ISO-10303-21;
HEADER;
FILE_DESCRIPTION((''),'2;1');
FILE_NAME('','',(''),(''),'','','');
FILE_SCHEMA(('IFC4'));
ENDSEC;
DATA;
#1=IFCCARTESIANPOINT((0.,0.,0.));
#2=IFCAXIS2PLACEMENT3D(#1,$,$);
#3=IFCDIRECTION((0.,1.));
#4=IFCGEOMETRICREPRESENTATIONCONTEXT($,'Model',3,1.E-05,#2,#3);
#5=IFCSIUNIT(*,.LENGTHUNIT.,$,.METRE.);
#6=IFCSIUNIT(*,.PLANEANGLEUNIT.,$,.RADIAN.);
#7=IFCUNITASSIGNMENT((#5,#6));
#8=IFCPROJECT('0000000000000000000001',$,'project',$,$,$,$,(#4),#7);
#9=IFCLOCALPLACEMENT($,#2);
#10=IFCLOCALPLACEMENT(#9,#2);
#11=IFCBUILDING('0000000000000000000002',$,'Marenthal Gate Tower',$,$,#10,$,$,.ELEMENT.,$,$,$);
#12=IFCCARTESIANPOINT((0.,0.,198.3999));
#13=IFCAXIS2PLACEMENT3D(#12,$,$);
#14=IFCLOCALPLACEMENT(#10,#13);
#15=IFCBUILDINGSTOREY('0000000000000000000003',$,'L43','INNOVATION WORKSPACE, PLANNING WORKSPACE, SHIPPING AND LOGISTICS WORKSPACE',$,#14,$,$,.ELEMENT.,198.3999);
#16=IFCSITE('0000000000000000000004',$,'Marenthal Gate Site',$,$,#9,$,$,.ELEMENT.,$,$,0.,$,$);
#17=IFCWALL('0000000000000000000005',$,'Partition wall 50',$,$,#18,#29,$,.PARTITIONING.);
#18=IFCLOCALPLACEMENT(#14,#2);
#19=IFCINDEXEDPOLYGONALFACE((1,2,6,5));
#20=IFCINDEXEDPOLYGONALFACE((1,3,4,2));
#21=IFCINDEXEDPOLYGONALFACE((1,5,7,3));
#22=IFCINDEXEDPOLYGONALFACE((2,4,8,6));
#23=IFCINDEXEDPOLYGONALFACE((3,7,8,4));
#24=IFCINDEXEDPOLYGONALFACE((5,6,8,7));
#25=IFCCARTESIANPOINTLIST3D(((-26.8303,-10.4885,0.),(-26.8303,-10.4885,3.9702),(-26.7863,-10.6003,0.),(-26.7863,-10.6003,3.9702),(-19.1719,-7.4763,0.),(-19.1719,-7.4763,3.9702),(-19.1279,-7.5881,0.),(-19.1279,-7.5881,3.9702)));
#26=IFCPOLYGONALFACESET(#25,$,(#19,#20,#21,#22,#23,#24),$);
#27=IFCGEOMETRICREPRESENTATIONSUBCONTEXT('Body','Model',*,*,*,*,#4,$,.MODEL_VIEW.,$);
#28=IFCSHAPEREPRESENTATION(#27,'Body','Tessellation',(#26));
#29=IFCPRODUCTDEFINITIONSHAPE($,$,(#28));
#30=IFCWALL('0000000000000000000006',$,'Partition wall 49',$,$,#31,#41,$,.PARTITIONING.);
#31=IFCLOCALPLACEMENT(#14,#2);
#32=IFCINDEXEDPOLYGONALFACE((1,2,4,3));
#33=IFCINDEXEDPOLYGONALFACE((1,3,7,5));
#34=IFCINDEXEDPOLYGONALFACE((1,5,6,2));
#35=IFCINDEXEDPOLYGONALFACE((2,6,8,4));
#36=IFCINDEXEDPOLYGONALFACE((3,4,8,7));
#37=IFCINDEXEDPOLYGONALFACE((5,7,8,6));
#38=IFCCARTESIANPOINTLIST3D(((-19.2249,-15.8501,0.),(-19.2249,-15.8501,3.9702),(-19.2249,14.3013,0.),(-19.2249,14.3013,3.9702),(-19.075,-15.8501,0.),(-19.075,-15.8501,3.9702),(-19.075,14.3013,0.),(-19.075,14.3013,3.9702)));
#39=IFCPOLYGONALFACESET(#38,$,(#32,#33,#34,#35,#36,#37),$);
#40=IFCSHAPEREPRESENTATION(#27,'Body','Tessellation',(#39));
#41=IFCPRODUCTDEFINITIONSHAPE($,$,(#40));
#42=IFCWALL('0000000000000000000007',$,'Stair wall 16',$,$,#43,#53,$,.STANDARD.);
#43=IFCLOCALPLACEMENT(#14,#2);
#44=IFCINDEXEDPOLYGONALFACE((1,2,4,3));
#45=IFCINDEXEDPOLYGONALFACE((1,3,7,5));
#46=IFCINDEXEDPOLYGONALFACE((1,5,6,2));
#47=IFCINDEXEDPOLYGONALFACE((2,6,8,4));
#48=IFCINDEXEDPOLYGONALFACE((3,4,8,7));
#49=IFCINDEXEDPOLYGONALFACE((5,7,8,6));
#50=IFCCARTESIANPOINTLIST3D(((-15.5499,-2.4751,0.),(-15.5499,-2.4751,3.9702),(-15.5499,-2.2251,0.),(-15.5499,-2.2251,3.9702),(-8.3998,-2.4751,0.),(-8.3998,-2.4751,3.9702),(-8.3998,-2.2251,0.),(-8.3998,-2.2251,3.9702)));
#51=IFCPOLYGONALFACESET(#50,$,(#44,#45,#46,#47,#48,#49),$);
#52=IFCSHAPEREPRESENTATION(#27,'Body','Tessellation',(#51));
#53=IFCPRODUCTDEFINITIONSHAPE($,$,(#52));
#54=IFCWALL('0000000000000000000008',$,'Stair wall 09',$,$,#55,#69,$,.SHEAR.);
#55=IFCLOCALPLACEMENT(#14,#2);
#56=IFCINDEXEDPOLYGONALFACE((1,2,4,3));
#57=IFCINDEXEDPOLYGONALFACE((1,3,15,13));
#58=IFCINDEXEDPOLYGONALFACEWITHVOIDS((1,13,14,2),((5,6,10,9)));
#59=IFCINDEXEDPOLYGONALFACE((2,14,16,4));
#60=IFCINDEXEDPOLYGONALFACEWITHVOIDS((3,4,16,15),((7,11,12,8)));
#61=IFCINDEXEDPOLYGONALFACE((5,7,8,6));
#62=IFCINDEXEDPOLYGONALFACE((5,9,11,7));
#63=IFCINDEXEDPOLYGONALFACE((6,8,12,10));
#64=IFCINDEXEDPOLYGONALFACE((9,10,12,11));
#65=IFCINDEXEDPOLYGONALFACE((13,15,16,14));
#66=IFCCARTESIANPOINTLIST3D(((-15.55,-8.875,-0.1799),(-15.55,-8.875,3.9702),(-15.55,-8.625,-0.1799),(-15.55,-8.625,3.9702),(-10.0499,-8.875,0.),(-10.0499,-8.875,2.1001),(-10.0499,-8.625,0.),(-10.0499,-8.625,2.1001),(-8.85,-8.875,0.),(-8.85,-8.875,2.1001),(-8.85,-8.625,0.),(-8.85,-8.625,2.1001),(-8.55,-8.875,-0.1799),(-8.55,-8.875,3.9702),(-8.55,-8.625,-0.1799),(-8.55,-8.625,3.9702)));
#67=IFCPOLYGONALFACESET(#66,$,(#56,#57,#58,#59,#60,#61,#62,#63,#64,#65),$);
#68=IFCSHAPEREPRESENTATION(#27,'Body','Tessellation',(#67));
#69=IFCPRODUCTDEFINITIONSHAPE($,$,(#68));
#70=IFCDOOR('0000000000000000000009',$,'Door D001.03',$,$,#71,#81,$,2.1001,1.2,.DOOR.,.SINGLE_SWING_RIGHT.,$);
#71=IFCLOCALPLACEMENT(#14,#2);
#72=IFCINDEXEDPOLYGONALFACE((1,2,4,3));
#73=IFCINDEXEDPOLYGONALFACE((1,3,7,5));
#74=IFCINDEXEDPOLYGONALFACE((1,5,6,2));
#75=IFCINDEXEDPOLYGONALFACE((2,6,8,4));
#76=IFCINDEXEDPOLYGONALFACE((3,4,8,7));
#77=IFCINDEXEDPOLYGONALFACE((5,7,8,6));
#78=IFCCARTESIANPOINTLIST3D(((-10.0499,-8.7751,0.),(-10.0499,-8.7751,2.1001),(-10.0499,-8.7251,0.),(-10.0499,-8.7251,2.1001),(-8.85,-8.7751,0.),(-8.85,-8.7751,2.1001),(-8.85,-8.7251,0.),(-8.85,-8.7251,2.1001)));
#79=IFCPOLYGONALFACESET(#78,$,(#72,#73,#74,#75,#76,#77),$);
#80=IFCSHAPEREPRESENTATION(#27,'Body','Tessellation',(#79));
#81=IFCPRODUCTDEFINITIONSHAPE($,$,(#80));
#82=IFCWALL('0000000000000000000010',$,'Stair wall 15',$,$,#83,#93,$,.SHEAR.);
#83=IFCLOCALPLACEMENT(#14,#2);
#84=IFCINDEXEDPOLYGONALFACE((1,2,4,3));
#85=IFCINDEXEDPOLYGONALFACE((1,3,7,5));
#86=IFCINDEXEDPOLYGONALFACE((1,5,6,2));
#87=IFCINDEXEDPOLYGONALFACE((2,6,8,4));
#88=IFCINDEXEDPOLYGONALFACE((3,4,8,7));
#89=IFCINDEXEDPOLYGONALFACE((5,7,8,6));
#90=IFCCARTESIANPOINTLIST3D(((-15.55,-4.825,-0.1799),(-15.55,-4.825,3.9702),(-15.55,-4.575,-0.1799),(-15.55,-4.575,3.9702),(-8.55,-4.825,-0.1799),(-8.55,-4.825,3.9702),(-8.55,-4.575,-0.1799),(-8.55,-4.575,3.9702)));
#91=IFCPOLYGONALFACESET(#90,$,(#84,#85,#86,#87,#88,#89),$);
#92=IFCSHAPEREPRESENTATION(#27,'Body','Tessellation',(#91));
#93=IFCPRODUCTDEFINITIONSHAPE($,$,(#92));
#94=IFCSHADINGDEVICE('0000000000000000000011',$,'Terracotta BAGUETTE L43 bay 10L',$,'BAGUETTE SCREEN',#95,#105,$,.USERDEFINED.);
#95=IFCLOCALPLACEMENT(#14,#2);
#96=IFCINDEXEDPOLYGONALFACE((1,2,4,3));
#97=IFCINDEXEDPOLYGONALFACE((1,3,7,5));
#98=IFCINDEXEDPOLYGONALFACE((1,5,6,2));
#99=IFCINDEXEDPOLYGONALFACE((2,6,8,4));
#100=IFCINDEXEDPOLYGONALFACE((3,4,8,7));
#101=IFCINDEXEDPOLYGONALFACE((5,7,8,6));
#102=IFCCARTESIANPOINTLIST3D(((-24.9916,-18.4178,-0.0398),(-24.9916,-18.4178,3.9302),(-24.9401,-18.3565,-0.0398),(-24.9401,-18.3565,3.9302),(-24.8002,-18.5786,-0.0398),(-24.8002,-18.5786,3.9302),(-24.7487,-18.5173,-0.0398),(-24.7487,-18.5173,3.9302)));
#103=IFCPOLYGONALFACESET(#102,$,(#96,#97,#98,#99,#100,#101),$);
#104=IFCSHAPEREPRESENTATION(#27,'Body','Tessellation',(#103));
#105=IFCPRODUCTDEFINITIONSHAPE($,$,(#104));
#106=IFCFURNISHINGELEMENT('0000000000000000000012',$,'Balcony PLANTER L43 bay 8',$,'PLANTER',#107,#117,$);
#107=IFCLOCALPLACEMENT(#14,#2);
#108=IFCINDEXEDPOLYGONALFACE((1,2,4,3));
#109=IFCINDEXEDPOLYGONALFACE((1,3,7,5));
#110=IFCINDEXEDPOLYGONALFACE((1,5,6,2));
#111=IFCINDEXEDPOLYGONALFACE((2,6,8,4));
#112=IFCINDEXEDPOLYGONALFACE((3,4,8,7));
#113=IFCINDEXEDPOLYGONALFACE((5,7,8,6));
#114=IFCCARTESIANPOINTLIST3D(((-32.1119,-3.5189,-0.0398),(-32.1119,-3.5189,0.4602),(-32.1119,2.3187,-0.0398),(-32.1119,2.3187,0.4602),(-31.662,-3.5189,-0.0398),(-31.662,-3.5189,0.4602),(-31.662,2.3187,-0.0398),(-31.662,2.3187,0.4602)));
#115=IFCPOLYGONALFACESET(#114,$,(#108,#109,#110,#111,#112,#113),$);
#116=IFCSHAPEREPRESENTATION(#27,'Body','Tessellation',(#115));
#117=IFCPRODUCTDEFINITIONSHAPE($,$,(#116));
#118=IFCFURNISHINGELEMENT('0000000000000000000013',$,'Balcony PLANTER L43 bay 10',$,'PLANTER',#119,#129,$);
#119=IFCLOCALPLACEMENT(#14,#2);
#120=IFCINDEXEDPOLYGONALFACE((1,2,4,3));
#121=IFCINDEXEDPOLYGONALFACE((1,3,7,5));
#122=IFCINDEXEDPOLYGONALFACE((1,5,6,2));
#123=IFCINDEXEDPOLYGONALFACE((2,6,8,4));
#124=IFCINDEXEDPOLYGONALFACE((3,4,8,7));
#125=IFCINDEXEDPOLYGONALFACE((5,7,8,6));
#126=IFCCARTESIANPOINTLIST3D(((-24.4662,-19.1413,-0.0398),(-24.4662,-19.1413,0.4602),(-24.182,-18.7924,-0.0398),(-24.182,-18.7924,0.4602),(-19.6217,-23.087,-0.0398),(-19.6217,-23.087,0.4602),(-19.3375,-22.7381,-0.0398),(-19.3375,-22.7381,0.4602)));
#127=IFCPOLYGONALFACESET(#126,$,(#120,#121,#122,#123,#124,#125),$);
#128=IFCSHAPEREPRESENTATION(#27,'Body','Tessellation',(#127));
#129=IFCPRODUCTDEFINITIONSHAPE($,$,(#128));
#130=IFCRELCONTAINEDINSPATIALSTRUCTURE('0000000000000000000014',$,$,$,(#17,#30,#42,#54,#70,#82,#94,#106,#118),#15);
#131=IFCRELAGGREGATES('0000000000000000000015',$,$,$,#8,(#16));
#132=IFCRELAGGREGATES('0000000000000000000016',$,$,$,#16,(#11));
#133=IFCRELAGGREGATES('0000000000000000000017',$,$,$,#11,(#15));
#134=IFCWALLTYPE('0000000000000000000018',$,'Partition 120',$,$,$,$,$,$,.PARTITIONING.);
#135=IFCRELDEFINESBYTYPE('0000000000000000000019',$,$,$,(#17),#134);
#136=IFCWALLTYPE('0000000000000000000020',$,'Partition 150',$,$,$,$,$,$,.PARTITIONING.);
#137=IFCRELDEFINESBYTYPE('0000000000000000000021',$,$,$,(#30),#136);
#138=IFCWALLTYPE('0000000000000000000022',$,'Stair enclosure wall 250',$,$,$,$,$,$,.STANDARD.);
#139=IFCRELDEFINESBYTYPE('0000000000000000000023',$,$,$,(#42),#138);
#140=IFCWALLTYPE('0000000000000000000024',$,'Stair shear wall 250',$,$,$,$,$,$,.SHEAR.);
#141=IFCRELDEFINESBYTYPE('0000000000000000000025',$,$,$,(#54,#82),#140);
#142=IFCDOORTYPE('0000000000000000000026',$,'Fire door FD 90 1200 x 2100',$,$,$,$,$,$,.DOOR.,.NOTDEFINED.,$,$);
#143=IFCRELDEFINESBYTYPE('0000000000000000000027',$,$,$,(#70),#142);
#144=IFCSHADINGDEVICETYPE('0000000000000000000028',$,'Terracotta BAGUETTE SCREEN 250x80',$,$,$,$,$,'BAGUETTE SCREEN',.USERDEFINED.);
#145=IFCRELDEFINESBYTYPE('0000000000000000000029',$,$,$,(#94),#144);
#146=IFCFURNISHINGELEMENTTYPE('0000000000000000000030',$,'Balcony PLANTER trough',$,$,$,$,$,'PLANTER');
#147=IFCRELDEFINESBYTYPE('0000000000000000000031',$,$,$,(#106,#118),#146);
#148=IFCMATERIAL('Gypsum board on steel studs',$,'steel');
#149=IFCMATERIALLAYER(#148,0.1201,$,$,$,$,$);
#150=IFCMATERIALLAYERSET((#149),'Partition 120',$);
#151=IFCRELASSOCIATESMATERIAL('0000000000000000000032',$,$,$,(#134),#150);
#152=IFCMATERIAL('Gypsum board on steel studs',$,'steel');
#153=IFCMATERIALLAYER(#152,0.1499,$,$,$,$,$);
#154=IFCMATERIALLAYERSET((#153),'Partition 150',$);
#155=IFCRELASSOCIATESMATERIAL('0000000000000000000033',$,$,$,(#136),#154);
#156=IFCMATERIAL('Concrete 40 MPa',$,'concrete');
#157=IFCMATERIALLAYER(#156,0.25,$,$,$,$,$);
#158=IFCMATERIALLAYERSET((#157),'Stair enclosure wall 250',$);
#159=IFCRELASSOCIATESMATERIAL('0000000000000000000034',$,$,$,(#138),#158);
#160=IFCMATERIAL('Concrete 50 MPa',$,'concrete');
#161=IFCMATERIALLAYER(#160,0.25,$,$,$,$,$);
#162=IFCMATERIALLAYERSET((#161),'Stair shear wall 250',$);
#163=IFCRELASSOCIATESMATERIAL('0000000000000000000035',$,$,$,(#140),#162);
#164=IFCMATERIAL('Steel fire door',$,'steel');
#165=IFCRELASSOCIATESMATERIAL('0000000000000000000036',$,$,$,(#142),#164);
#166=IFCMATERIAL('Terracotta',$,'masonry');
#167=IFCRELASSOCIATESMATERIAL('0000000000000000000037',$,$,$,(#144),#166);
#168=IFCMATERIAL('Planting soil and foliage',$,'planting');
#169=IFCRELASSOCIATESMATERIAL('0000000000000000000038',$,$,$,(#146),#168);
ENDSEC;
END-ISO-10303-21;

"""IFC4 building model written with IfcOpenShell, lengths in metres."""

from ifc_helpers import new_model, si_unit, direction, frame, frame_2d, origin, origin_2d, place, context, subcontext, project, spatial, rectangle, extrude, material, layer, layer_set, material_profile, profile_set, type_object, element, fill, save


model = new_model("IFC4")

# Units and contexts
model_context = context("Model", 3, precision=1e-05, world=origin(), true_north=direction((0.0, 1.0)))
body_context = subcontext(model_context, "Body", "Model", "MODEL_VIEW")
ifc_project = project(units=[si_unit("LENGTHUNIT", "METRE"), si_unit("PLANEANGLEUNIT", "RADIAN")], contexts=[model_context])

# Site, building, storey
site_placement = place(None, origin())
site = spatial("IfcSite", under=ifc_project, at=site_placement, Name="Marenthal Gate Site", CompositionType="ELEMENT", RefElevation=0.0)
building_placement = place(site_placement, origin())
building = spatial("IfcBuilding", under=site, at=building_placement, Name="Marenthal Gate Tower", CompositionType="ELEMENT")
storey_placement = place(building_placement, frame((0.0, 0.0, 198.3999)))
storey = spatial("IfcBuildingStorey", under=building, at=storey_placement, Name="L43", Description="INNOVATION WORKSPACE, PLANNING WORKSPACE, SHIPPING AND LOGISTICS WORKSPACE", CompositionType="ELEMENT", Elevation=198.3999)

# Walls
ifc_material_1 = material(Name="Gypsum board on steel studs", Category="steel")
ifc_layer_1 = layer(ifc_material_1, 0.1201)
ifc_layer_set_1 = layer_set([ifc_layer_1], Name="Partition 120")
wall_type_1 = type_object("IfcWallType", Name="Partition 120", PredefinedType="PARTITIONING", material=ifc_layer_set_1)
wall_1_placement = place(storey_placement, frame((-19.1499, -7.5322, 0.0), z_axis=(0.0, 0.0, 1.0), x_axis=(-0.930605, -0.366024, 0.0)))
element("IfcWall", 1, at=wall_1_placement, inside=storey, type_object=wall_type_1, Name="Partition wall 50", PredefinedType="PARTITIONING", context=body_context, shape_type="SweptSolid", body=[
    extrude(rectangle(XDim=8.2295, YDim=0.1201, at=frame_2d((4.1147, 0.0))), origin(), (0.0, 0.0, 1.0), 3.9702),
])
ifc_material_2 = material(Name="Gypsum board on steel studs", Category="steel")
ifc_layer_2 = layer(ifc_material_2, 0.1499)
ifc_layer_set_2 = layer_set([ifc_layer_2], Name="Partition 150")
wall_type_2 = type_object("IfcWallType", Name="Partition 150", PredefinedType="PARTITIONING", material=ifc_layer_set_2)
wall_2_placement = place(storey_placement, frame((-19.1499, -15.8501, 0.0), z_axis=(0.0, 0.0, 1.0), x_axis=(0.0, 1.0, 0.0)))
element("IfcWall", 2, at=wall_2_placement, inside=storey, type_object=wall_type_2, Name="Partition wall 49", PredefinedType="PARTITIONING", context=body_context, shape_type="SweptSolid", body=[
    extrude(rectangle(XDim=30.1514, YDim=0.1499, at=frame_2d((15.0757, 0.0))), origin(), (0.0, 0.0, 1.0), 3.9702),
])
ifc_material_3 = material(Name="Concrete 40 MPa", Category="concrete")
ifc_layer_3 = layer(ifc_material_3, 0.25)
ifc_layer_set_3 = layer_set([ifc_layer_3], Name="Stair enclosure wall 250")
wall_type_3 = type_object("IfcWallType", Name="Stair enclosure wall 250", PredefinedType="STANDARD", material=ifc_layer_set_3)
wall_3_placement = place(storey_placement, frame((-15.55, -2.3501, 0.0), z_axis=(0.0, 0.0, 1.0), x_axis=(1.0, 0.0, 0.0)))
element("IfcWall", 3, at=wall_3_placement, inside=storey, type_object=wall_type_3, Name="Stair wall 16", PredefinedType="STANDARD", context=body_context, shape_type="SweptSolid", body=[
    extrude(rectangle(XDim=7.1501, YDim=0.25, at=frame_2d((3.5752, 0.0))), origin(), (0.0, 0.0, 1.0), 3.9702),
])

# Wall, opening, door
ifc_material_4 = material(Name="Concrete 50 MPa", Category="concrete")
ifc_layer_4 = layer(ifc_material_4, 0.25)
ifc_layer_set_4 = layer_set([ifc_layer_4], Name="Stair shear wall 250")
wall_type_4 = type_object("IfcWallType", Name="Stair shear wall 250", PredefinedType="SHEAR", material=ifc_layer_set_4)
wall_4_placement = place(storey_placement, frame((-15.55, -8.75, -0.1799), z_axis=(0.0, 0.0, 1.0), x_axis=(1.0, 0.0, 0.0)))
wall_4 = element("IfcWall", 4, at=wall_4_placement, inside=storey, type_object=wall_type_4, Name="Stair wall 09", PredefinedType="SHEAR", context=body_context, shape_type="SweptSolid", body=[
    extrude(rectangle(XDim=7.0, YDim=0.25, at=frame_2d((3.5, 0.0))), origin(), (0.0, 0.0, 1.0), 4.1501),
])
opening_1_placement = place(wall_4_placement, frame((5.5, 0.0, 0.1799)))
opening_1 = element("IfcOpeningElement", 5, at=opening_1_placement, cuts=wall_4, PredefinedType="OPENING", context=body_context, shape_type="SweptSolid", body=[
    extrude(rectangle(XDim=1.2, YDim=2.1001, at=frame_2d((0.6001, 1.05))), frame((0.0, 0.135, 0.0), z_axis=(0.0, -1.0, 0.0), x_axis=(1.0, 0.0, 0.0)), (0.0, 0.0, 1.0), 0.27),
])
ifc_material_5 = material(Name="Steel fire door", Category="steel")
door_type_1 = type_object("IfcDoorType", Name="Fire door FD 90 1200 x 2100", OperationType="NOTDEFINED", PredefinedType="DOOR", material=ifc_material_5)
door_1_placement = place(opening_1_placement, origin())
door_1 = element("IfcDoor", 6, at=door_1_placement, inside=storey, type_object=door_type_1, Name="Door D001.03", OperationType="SINGLE_SWING_RIGHT", OverallHeight=2.1001, OverallWidth=1.2, PredefinedType="DOOR", context=body_context, shape_type="SweptSolid", body=[
    extrude(rectangle(XDim=1.2, YDim=2.1001, at=frame_2d((0.6001, 1.05))), frame((0.0, 0.0249, 0.0), z_axis=(0.0, -1.0, 0.0), x_axis=(1.0, 0.0, 0.0)), (0.0, 0.0, 1.0), 0.05),
])
fill(opening_1, door_1)

# Wall
wall_5_placement = place(storey_placement, frame((-15.55, -4.7, -0.1799), z_axis=(0.0, 0.0, 1.0), x_axis=(1.0, 0.0, 0.0)))
element("IfcWall", 7, at=wall_5_placement, inside=storey, type_object=wall_type_4, Name="Stair wall 15", PredefinedType="SHEAR", context=body_context, shape_type="SweptSolid", body=[
    extrude(rectangle(XDim=7.0, YDim=0.25, at=frame_2d((3.5, 0.0))), origin(), (0.0, 0.0, 1.0), 4.1501),
])

# Shading device
ifc_material_6 = material(Name="Terracotta", Category="masonry")
ifc_material_profile_1 = material_profile(ifc_material_6, rectangle(XDim=0.25, YDim=0.0801, at=origin_2d()), Name="Terracotta baguette 250x80")
ifc_profile_set_1 = profile_set([ifc_material_profile_1], Name="Terracotta")
shading_device_type = type_object("IfcShadingDeviceType", Name="Terracotta BAGUETTE SCREEN 250x80", ElementType="BAGUETTE SCREEN", PredefinedType="USERDEFINED", material=ifc_profile_set_1)
shading_device_placement = place(storey_placement, frame((-24.8701, -18.4675, -0.0398), z_axis=(0.0, 0.0, 1.0), x_axis=(0.765705, -0.643192, 0.0)))
element("IfcShadingDevice", 8, at=shading_device_placement, inside=storey, type_object=shading_device_type, Name="Terracotta BAGUETTE L43 bay 10L", ObjectType="BAGUETTE SCREEN", PredefinedType="USERDEFINED", context=body_context, shape_type="SweptSolid", body=[
    extrude(rectangle(XDim=0.25, YDim=0.0801, at=origin_2d()), origin(), (0.0, 0.0, 1.0), 3.97),
])

# Furnishing elements
ifc_material_7 = material(Name="Planting soil and foliage", Category="planting")
furnishing_element_type = type_object("IfcFurnishingElementType", Name="Balcony PLANTER trough", ElementType="PLANTER", material=ifc_material_7)
furnishing_1_placement = place(storey_placement, frame((-31.887, -0.6001, -0.0398), z_axis=(0.0, 0.0, 1.0), x_axis=(0.0, -1.0, 0.0)))
element("IfcFurnishingElement", 9, at=furnishing_1_placement, inside=storey, type_object=furnishing_element_type, Name="Balcony PLANTER L43 bay 8", ObjectType="PLANTER", context=body_context, shape_type="SweptSolid", body=[
    extrude(rectangle(XDim=5.8376, YDim=0.45, at=origin_2d()), origin(), (0.0, 0.0, 1.0), 0.5),
])
furnishing_2_placement = place(storey_placement, frame((-21.9019, -20.9397, -0.0398), z_axis=(0.0, 0.0, 1.0), x_axis=(0.77536, -0.63152, 0.0)))
element("IfcFurnishingElement", 10, at=furnishing_2_placement, inside=storey, type_object=furnishing_element_type, Name="Balcony PLANTER L43 bay 10", ObjectType="PLANTER", context=body_context, shape_type="SweptSolid", body=[
    extrude(rectangle(XDim=6.248, YDim=0.45, at=origin_2d()), origin(), (0.0, 0.0, 1.0), 0.5),
])

save(model, "model.ifc")
